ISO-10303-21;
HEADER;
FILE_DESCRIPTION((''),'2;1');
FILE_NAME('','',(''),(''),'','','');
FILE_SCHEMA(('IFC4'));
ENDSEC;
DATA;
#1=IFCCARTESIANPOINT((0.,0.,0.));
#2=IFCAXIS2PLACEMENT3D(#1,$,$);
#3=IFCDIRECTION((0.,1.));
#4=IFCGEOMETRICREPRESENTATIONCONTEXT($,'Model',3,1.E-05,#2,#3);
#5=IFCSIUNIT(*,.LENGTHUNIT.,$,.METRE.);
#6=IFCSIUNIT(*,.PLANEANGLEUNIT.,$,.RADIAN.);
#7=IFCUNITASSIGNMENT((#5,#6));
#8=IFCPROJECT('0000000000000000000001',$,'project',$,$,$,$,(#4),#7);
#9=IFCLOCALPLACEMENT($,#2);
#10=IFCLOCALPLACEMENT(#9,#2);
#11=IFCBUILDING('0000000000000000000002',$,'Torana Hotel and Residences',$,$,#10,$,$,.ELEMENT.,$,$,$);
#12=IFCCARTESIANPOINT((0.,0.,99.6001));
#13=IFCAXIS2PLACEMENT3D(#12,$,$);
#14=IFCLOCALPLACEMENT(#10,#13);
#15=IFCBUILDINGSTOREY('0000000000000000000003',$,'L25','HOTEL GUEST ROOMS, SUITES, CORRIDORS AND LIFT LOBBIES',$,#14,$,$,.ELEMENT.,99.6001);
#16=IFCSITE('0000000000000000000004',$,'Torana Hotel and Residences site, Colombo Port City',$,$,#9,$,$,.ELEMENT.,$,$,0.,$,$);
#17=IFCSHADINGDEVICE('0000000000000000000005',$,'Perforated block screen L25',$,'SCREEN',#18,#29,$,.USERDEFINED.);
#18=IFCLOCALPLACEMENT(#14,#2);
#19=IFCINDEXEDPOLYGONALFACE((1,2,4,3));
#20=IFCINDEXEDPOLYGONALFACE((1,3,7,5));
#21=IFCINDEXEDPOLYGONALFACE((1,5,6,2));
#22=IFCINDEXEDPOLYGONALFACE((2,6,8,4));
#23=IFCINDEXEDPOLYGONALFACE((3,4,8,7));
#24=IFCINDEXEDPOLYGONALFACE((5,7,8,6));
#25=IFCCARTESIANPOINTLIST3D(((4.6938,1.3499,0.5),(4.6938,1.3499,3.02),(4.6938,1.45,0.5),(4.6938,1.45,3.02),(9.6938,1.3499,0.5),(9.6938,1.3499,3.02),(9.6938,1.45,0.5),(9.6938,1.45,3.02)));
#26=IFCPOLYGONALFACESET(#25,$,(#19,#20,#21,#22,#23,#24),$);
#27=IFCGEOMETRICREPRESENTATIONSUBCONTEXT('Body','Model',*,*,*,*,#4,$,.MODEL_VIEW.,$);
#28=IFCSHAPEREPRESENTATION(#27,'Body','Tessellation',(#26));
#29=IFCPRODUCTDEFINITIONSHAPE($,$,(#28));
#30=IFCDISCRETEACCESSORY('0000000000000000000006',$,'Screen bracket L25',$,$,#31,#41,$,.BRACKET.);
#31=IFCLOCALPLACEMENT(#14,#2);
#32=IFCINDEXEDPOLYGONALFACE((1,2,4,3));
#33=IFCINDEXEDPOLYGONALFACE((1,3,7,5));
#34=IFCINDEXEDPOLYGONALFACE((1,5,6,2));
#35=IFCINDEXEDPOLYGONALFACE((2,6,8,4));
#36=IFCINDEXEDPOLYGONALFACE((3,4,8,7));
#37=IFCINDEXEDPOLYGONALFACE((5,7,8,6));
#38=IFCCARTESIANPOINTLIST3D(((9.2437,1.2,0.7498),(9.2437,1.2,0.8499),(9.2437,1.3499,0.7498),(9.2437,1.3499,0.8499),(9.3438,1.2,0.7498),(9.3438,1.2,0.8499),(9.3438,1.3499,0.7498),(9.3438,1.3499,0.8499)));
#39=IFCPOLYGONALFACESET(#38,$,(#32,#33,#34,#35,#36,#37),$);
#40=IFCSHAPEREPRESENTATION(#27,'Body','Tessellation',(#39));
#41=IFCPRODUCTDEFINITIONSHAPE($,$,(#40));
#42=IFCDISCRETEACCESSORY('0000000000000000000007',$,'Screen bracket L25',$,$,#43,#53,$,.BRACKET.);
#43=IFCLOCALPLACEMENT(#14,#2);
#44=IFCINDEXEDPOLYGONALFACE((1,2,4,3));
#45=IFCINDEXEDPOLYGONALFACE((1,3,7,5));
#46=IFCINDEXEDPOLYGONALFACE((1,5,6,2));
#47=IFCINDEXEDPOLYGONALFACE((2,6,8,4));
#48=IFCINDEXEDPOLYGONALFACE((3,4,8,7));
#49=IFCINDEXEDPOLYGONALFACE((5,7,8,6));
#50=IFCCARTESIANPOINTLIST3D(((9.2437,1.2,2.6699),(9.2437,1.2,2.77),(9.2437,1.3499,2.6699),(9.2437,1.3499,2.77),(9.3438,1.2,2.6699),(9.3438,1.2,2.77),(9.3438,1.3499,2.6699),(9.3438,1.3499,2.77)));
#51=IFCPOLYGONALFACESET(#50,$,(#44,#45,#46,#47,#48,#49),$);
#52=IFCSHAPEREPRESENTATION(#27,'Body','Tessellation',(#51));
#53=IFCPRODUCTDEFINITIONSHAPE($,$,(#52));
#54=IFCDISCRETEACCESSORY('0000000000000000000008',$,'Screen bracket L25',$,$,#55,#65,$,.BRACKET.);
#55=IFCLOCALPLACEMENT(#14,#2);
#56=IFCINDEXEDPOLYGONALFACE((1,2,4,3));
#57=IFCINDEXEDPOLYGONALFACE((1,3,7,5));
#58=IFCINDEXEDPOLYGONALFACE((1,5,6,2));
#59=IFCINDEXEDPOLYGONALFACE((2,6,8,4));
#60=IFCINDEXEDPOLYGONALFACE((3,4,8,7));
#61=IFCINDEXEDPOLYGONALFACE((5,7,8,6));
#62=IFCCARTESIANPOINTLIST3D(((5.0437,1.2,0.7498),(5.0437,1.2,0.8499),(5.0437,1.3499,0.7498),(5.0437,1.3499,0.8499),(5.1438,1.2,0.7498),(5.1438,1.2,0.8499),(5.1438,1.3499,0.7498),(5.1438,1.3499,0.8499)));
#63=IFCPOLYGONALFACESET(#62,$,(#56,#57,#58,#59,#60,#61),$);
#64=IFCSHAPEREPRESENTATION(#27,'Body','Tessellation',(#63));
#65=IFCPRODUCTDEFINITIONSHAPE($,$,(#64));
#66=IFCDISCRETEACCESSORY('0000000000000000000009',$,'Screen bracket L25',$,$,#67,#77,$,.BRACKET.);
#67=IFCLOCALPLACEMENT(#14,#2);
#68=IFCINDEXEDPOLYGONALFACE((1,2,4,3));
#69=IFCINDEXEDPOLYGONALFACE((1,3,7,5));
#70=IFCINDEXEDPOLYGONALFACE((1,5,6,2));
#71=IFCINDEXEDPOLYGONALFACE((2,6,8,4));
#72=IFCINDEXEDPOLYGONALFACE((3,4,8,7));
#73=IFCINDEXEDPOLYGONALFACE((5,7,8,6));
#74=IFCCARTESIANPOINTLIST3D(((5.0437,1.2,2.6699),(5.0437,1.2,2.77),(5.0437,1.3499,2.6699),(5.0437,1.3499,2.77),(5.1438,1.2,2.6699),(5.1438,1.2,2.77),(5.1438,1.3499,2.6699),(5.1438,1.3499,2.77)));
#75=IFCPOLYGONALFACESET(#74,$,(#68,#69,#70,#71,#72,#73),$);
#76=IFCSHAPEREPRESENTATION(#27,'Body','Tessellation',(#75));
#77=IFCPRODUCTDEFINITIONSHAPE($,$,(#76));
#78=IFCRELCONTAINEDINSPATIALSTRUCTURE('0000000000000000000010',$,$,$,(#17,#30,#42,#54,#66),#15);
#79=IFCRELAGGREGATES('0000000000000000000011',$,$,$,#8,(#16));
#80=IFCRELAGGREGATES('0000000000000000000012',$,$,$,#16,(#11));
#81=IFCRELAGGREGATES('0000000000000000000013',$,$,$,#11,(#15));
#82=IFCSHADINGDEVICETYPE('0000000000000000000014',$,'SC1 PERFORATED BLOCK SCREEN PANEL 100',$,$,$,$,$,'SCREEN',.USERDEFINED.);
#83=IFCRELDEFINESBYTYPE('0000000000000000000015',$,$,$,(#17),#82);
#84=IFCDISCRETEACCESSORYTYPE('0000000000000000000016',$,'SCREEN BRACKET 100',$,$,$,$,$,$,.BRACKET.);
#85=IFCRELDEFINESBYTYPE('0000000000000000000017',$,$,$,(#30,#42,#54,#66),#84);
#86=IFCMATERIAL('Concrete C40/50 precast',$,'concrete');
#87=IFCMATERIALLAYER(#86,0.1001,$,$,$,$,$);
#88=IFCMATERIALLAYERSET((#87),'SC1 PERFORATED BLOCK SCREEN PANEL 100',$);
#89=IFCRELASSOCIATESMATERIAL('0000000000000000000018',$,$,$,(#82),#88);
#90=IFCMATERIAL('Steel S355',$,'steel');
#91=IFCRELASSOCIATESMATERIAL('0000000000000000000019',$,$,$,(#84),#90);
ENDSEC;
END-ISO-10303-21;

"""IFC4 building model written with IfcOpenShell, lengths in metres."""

from ifc_helpers import new_model, si_unit, direction, frame, origin, origin_2d, place, context, subcontext, project, spatial, rectangle, extrude, material, layer, layer_set, type_object, element, save


model = new_model("IFC4")

# Units and contexts
model_context = context("Model", 3, precision=1e-05, world=origin(), true_north=direction((0.0, 1.0)))
body_context = subcontext(model_context, "Body", "Model", "MODEL_VIEW")
ifc_project = project(units=[si_unit("LENGTHUNIT", "METRE"), si_unit("PLANEANGLEUNIT", "RADIAN")], contexts=[model_context])

# Site, building, storey
site_placement = place(None, origin())
site = spatial("IfcSite", under=ifc_project, at=site_placement, Name="Torana Hotel and Residences site, Colombo Port City", CompositionType="ELEMENT", RefElevation=0.0)
building_placement = place(site_placement, origin())
building = spatial("IfcBuilding", under=site, at=building_placement, Name="Torana Hotel and Residences", CompositionType="ELEMENT")
storey_placement = place(building_placement, frame((0.0, 0.0, 99.6001)))
storey = spatial("IfcBuildingStorey", under=building, at=storey_placement, Name="L25", Description="HOTEL GUEST ROOMS, SUITES, CORRIDORS AND LIFT LOBBIES", CompositionType="ELEMENT", Elevation=99.6001)

# Shading device
ifc_material_1 = material(Name="Concrete C40/50 precast", Category="concrete")
ifc_layer_1 = layer(ifc_material_1, 0.1001)
ifc_layer_set_1 = layer_set([ifc_layer_1], Name="SC1 PERFORATED BLOCK SCREEN PANEL 100")
shading_device_type = type_object("IfcShadingDeviceType", Name="SC1 PERFORATED BLOCK SCREEN PANEL 100", ElementType="SCREEN", PredefinedType="USERDEFINED", material=ifc_layer_set_1)
shading_device_placement = place(storey_placement, frame((7.1938, 1.3999, 0.5), z_axis=(0.0, 0.0, 1.0), x_axis=(-1.0, 0.0, 0.0)))
element("IfcShadingDevice", 1, at=shading_device_placement, inside=storey, type_object=shading_device_type, Name="Perforated block screen L25", ObjectType="SCREEN", PredefinedType="USERDEFINED", context=body_context, shape_type="SweptSolid", body=[
    extrude(rectangle(XDim=5.0, YDim=0.1001, at=origin_2d()), origin(), (0.0, 0.0, 1.0), 2.52),
])

# Discrete accessories
ifc_material_2 = material(Name="Steel S355", Category="steel")
discrete_accessory_type = type_object("IfcDiscreteAccessoryType", Name="SCREEN BRACKET 100", PredefinedType="BRACKET", material=ifc_material_2)
for number, where, z_axis, x_axis, name in (
    (2, (9.2937, 1.2749, 0.7498), (0.0, 0.0, 1.0), (-1.0, 0.0, 0.0), "Screen bracket L25"),
    (3, (9.2937, 1.2749, 2.6699), (0.0, 0.0, 1.0), (-1.0, 0.0, 0.0), "Screen bracket L25"),
    (4, (5.0938, 1.2749, 0.7498), (0.0, 0.0, 1.0), (-1.0, 0.0, 0.0), "Screen bracket L25"),
    (5, (5.0938, 1.2749, 2.6699), (0.0, 0.0, 1.0), (-1.0, 0.0, 0.0), "Screen bracket L25"),
):
    element("IfcDiscreteAccessory", number, at=place(storey_placement, frame(where, z_axis=z_axis, x_axis=x_axis)), inside=storey, type_object=discrete_accessory_type, Name=name, PredefinedType="BRACKET", context=body_context, shape_type="SweptSolid", body=[
        extrude(rectangle(XDim=0.1001, YDim=0.1499, at=origin_2d()), origin(), (0.0, 0.0, 1.0), 0.1001),
    ])

save(model, "model.ifc")
